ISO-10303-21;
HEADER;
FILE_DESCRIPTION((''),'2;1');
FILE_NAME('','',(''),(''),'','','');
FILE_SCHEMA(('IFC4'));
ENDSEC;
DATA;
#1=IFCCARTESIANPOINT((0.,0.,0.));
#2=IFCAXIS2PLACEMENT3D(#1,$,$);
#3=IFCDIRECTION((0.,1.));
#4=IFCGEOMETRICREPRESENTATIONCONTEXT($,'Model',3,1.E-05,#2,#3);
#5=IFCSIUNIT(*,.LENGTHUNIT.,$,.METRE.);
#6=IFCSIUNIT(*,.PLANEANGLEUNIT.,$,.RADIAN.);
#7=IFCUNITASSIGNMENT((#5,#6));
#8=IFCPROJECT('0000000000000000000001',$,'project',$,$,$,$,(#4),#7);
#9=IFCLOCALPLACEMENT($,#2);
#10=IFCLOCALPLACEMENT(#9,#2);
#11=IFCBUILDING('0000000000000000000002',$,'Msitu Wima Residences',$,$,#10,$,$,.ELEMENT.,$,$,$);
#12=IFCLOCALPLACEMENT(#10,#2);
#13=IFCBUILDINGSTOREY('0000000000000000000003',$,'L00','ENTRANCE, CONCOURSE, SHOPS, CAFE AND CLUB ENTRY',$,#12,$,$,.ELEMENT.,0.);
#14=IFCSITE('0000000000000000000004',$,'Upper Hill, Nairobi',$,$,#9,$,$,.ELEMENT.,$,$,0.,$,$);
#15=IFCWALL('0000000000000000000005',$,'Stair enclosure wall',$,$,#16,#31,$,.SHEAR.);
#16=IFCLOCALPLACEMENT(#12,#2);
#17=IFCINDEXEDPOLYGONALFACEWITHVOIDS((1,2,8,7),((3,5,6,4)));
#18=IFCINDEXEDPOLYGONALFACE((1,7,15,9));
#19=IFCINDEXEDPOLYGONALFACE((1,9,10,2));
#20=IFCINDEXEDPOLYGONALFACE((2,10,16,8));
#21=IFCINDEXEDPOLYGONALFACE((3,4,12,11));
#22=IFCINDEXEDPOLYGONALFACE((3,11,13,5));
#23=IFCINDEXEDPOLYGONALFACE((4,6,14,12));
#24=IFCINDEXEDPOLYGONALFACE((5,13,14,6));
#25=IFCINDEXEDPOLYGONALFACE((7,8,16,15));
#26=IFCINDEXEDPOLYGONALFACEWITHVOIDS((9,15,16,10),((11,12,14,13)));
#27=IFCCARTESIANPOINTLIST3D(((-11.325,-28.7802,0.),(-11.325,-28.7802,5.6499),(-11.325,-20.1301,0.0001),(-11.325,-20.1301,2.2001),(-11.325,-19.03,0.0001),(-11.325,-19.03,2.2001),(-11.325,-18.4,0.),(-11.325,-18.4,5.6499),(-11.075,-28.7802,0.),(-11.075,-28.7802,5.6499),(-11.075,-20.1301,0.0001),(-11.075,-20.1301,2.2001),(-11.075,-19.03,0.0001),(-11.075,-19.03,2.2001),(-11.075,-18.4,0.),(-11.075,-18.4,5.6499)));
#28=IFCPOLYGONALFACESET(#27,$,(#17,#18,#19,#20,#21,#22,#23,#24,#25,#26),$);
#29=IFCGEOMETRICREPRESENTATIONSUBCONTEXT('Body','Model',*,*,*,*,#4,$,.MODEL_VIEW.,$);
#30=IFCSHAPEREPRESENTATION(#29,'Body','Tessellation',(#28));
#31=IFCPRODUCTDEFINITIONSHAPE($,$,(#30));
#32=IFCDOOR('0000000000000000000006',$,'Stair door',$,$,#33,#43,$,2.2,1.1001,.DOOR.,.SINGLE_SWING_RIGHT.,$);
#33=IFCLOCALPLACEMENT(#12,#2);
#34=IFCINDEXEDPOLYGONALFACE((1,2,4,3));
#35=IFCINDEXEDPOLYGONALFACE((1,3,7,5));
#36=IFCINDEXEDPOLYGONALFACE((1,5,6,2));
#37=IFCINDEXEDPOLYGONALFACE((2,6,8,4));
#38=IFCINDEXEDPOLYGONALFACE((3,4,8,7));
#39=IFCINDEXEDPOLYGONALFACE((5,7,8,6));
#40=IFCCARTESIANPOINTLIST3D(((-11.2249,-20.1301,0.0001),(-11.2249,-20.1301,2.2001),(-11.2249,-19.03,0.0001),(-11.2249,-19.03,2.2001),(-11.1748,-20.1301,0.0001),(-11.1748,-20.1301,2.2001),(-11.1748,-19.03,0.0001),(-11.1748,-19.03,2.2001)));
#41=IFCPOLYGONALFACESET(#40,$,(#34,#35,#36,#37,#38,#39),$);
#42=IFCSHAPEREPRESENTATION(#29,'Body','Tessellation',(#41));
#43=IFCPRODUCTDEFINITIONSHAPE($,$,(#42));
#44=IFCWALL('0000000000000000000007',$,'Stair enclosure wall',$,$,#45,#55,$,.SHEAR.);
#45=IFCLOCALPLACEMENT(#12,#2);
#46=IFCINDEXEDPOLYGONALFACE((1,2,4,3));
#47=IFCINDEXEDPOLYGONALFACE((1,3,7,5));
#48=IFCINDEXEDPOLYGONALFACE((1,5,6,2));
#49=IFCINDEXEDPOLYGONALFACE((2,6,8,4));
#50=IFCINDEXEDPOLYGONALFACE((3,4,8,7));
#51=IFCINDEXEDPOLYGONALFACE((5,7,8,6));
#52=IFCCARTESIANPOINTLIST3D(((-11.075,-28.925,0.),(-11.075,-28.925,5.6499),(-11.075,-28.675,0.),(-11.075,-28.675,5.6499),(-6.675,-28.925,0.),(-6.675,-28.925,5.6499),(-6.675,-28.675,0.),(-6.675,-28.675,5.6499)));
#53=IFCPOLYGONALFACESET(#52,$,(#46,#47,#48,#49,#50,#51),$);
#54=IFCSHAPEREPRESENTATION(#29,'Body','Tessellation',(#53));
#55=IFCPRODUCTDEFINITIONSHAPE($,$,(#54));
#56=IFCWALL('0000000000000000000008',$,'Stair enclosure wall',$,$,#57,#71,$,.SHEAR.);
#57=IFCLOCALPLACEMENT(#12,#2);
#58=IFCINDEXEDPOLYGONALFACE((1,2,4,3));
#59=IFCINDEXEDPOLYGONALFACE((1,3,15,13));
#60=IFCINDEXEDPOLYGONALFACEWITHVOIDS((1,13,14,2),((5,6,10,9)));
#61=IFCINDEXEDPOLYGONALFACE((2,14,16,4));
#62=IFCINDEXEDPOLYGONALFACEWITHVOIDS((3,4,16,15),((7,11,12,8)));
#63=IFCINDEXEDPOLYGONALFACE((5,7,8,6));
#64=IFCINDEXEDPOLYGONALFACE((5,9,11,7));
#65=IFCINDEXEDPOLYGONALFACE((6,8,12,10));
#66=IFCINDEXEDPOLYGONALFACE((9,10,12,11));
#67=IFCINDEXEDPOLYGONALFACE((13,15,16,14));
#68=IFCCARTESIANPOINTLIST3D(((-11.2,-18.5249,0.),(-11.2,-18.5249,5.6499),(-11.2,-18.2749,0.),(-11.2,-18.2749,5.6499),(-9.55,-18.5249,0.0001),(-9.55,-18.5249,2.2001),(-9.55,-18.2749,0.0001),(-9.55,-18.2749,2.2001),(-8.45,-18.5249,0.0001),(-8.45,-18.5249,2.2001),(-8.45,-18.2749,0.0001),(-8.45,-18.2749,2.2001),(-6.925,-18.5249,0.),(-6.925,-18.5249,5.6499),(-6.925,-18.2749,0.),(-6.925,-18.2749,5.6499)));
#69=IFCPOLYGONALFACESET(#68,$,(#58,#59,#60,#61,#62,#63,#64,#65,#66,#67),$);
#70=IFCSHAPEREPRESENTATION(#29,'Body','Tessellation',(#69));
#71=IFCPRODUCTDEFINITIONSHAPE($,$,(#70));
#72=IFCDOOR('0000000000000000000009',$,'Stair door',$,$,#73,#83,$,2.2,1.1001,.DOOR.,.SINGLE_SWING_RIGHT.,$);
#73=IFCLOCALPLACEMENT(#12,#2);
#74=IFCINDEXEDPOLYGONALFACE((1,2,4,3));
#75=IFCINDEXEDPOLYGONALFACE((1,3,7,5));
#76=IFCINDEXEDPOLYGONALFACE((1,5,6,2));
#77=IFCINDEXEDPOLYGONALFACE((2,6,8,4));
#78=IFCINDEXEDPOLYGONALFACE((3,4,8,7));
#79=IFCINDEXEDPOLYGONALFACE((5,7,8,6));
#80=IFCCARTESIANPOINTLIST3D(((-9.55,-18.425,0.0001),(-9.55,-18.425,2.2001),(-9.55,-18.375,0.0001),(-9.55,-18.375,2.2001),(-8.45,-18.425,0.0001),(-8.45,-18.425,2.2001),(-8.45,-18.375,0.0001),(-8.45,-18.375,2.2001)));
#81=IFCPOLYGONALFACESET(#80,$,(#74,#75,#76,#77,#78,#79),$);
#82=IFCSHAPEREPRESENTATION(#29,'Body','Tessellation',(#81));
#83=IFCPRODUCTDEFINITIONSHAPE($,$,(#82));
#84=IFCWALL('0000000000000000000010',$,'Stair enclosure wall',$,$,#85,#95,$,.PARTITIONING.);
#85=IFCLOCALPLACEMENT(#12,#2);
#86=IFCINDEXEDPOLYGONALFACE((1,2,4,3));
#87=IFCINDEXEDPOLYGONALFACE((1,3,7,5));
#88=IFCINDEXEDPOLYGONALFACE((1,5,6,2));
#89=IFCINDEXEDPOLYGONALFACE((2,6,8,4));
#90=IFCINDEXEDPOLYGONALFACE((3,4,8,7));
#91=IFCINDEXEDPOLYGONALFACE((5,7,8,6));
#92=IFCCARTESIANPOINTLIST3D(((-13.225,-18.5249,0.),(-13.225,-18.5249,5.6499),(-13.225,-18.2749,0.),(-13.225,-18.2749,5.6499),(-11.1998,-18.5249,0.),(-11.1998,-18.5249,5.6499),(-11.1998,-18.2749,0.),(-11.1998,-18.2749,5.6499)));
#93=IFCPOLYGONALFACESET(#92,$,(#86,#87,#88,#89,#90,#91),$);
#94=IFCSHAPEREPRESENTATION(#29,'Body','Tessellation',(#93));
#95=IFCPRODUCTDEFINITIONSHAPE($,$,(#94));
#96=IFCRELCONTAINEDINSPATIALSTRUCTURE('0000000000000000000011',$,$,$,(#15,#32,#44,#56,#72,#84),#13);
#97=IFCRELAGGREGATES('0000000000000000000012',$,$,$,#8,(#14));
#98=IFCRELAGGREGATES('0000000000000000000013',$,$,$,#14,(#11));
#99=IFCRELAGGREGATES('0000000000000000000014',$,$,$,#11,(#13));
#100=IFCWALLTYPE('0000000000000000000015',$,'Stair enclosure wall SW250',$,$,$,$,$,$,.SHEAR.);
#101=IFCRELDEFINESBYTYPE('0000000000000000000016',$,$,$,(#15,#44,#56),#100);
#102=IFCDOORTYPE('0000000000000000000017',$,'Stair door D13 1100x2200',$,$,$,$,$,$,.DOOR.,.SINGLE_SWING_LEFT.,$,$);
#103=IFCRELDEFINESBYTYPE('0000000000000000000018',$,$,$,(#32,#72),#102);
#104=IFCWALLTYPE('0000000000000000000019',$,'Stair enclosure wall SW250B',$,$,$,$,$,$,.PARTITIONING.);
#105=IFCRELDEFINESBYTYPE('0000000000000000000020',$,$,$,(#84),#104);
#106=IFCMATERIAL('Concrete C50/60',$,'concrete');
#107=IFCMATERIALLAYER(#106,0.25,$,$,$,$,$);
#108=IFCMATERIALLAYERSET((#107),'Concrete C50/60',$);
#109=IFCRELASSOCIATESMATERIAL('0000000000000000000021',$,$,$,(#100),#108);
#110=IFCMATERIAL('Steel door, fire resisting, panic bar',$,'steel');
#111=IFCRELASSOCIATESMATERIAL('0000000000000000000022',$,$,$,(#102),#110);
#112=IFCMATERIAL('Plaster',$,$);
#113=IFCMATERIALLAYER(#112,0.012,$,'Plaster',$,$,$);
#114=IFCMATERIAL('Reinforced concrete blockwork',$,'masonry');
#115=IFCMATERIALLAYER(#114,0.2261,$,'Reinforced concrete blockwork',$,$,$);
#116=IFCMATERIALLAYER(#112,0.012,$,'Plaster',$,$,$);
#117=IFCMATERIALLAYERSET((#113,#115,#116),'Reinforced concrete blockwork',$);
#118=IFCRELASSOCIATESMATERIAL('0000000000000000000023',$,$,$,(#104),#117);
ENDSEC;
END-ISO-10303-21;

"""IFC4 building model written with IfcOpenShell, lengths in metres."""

from ifc_helpers import new_model, si_unit, direction, frame, frame_2d, origin, place, context, subcontext, project, spatial, rectangle, extrude, material, layer, layer_set, type_object, element, fill, save


model = new_model("IFC4")

# Units and contexts
model_context = context("Model", 3, precision=1e-05, world=origin(), true_north=direction((0.0, 1.0)))
body_context = subcontext(model_context, "Body", "Model", "MODEL_VIEW")
ifc_project = project(units=[si_unit("LENGTHUNIT", "METRE"), si_unit("PLANEANGLEUNIT", "RADIAN")], contexts=[model_context])

# Site, building, storey
site_placement = place(None, origin())
site = spatial("IfcSite", under=ifc_project, at=site_placement, Name="Upper Hill, Nairobi", CompositionType="ELEMENT", RefElevation=0.0)
building_placement = place(site_placement, origin())
building = spatial("IfcBuilding", under=site, at=building_placement, Name="Msitu Wima Residences", CompositionType="ELEMENT")
storey_placement = place(building_placement, origin())
storey = spatial("IfcBuildingStorey", under=building, at=storey_placement, Name="L00", Description="ENTRANCE, CONCOURSE, SHOPS, CAFE AND CLUB ENTRY", CompositionType="ELEMENT", Elevation=0.0)

# Shared definitions
ifc_material_1 = material(Name="Plaster")

# Wall, opening, door
ifc_material_2 = material(Name="Concrete C50/60", Category="concrete")
ifc_layer_1 = layer(ifc_material_2, 0.25)
ifc_layer_set_1 = layer_set([ifc_layer_1], Name="Concrete C50/60")
wall_type_1 = type_object("IfcWallType", Name="Stair enclosure wall SW250", PredefinedType="SHEAR", material=ifc_layer_set_1)
wall_1_placement = place(storey_placement, frame((-11.2, -28.78, 0.0), z_axis=(0.0, 0.0, 1.0), x_axis=(0.0, 1.0, 0.0)))
wall_1 = element("IfcWall", 1, at=wall_1_placement, inside=storey, type_object=wall_type_1, Name="Stair enclosure wall", PredefinedType="SHEAR", context=body_context, shape_type="SweptSolid", body=[
    extrude(rectangle(XDim=10.3801, YDim=0.25, at=frame_2d((5.1899, 0.0))), origin(), (0.0, 0.0, 1.0), 5.6499),
])
opening_1_placement = place(wall_1_placement, frame((8.6499, 0.0, 0.0)))
opening_1 = element("IfcOpeningElement", 2, at=opening_1_placement, cuts=wall_1, PredefinedType="OPENING", context=body_context, shape_type="SweptSolid", body=[
    extrude(rectangle(XDim=1.1001, YDim=2.2, at=frame_2d((0.55, 1.1001))), frame((0.0, 0.135, 0.0), z_axis=(0.0, -1.0, 0.0), x_axis=(1.0, 0.0, 0.0)), (0.0, 0.0, 1.0), 0.27),
])
ifc_material_3 = material(Name="Steel door, fire resisting, panic bar", Category="steel")
door_type_1 = type_object("IfcDoorType", Name="Stair door D13 1100x2200", OperationType="SINGLE_SWING_LEFT", PredefinedType="DOOR", material=ifc_material_3)
door_1_placement = place(opening_1_placement, origin())
door_1 = element("IfcDoor", 3, at=door_1_placement, inside=storey, type_object=door_type_1, Name="Stair door", OperationType="SINGLE_SWING_RIGHT", OverallHeight=2.2, OverallWidth=1.1001, PredefinedType="DOOR", context=body_context, shape_type="SweptSolid", body=[
    extrude(rectangle(XDim=1.1001, YDim=2.2, at=frame_2d((0.55, 1.1001))), frame((0.0, 0.0249, 0.0), z_axis=(0.0, -1.0, 0.0), x_axis=(1.0, 0.0, 0.0)), (0.0, 0.0, 1.0), 0.05),
])
fill(opening_1, door_1)

# Wall
wall_2_placement = place(storey_placement, frame((-11.075, -28.8, 0.0), z_axis=(0.0, 0.0, 1.0), x_axis=(1.0, 0.0, 0.0)))
element("IfcWall", 4, at=wall_2_placement, inside=storey, type_object=wall_type_1, Name="Stair enclosure wall", PredefinedType="SHEAR", context=body_context, shape_type="SweptSolid", body=[
    extrude(rectangle(XDim=4.3999, YDim=0.25, at=frame_2d((2.2, 0.0))), origin(), (0.0, 0.0, 1.0), 5.6499),
])

# Wall, opening, door
wall_3_placement = place(storey_placement, frame((-11.2, -18.3999, 0.0), z_axis=(0.0, 0.0, 1.0), x_axis=(1.0, 0.0, 0.0)))
wall_3 = element("IfcWall", 5, at=wall_3_placement, inside=storey, type_object=wall_type_1, Name="Stair enclosure wall", PredefinedType="SHEAR", context=body_context, shape_type="SweptSolid", body=[
    extrude(rectangle(XDim=4.2749, YDim=0.25, at=frame_2d((2.1375, 0.0))), origin(), (0.0, 0.0, 1.0), 5.6499),
])
opening_2_placement = place(wall_3_placement, frame((1.6499, 0.0, 0.0)))
opening_2 = element("IfcOpeningElement", 6, at=opening_2_placement, cuts=wall_3, PredefinedType="OPENING", context=body_context, shape_type="SweptSolid", body=[
    extrude(rectangle(XDim=1.1001, YDim=2.2, at=frame_2d((0.55, 1.1001))), frame((0.0, 0.135, 0.0), z_axis=(0.0, -1.0, 0.0), x_axis=(1.0, 0.0, 0.0)), (0.0, 0.0, 1.0), 0.27),
])
door_2_placement = place(opening_2_placement, origin())
door_2 = element("IfcDoor", 7, at=door_2_placement, inside=storey, type_object=door_type_1, Name="Stair door", OperationType="SINGLE_SWING_RIGHT", OverallHeight=2.2, OverallWidth=1.1001, PredefinedType="DOOR", context=body_context, shape_type="SweptSolid", body=[
    extrude(rectangle(XDim=1.1001, YDim=2.2, at=frame_2d((0.55, 1.1001))), frame((0.0, 0.0249, 0.0), z_axis=(0.0, -1.0, 0.0), x_axis=(1.0, 0.0, 0.0)), (0.0, 0.0, 1.0), 0.05),
])
fill(opening_2, door_2)

# Wall
ifc_layer_2 = layer(ifc_material_1, 0.012, Name="Plaster")
ifc_material_4 = material(Name="Reinforced concrete blockwork", Category="masonry")
ifc_layer_3 = layer(ifc_material_4, 0.2261, Name="Reinforced concrete blockwork")
ifc_layer_4 = layer(ifc_material_1, 0.012, Name="Plaster")
ifc_layer_set_2 = layer_set([ifc_layer_2, ifc_layer_3, ifc_layer_4], Name="Reinforced concrete blockwork")
wall_type_2 = type_object("IfcWallType", Name="Stair enclosure wall SW250B", PredefinedType="PARTITIONING", material=ifc_layer_set_2)
wall_4_placement = place(storey_placement, frame((-13.2251, -18.3999, 0.0), z_axis=(0.0, 0.0, 1.0), x_axis=(1.0, 0.0, 0.0)))
element("IfcWall", 8, at=wall_4_placement, inside=storey, type_object=wall_type_2, Name="Stair enclosure wall", PredefinedType="PARTITIONING", context=body_context, shape_type="SweptSolid", body=[
    extrude(rectangle(XDim=2.0251, YDim=0.25, at=frame_2d((1.0127, 0.0))), origin(), (0.0, 0.0, 1.0), 5.6499),
])

save(model, "model.ifc")
